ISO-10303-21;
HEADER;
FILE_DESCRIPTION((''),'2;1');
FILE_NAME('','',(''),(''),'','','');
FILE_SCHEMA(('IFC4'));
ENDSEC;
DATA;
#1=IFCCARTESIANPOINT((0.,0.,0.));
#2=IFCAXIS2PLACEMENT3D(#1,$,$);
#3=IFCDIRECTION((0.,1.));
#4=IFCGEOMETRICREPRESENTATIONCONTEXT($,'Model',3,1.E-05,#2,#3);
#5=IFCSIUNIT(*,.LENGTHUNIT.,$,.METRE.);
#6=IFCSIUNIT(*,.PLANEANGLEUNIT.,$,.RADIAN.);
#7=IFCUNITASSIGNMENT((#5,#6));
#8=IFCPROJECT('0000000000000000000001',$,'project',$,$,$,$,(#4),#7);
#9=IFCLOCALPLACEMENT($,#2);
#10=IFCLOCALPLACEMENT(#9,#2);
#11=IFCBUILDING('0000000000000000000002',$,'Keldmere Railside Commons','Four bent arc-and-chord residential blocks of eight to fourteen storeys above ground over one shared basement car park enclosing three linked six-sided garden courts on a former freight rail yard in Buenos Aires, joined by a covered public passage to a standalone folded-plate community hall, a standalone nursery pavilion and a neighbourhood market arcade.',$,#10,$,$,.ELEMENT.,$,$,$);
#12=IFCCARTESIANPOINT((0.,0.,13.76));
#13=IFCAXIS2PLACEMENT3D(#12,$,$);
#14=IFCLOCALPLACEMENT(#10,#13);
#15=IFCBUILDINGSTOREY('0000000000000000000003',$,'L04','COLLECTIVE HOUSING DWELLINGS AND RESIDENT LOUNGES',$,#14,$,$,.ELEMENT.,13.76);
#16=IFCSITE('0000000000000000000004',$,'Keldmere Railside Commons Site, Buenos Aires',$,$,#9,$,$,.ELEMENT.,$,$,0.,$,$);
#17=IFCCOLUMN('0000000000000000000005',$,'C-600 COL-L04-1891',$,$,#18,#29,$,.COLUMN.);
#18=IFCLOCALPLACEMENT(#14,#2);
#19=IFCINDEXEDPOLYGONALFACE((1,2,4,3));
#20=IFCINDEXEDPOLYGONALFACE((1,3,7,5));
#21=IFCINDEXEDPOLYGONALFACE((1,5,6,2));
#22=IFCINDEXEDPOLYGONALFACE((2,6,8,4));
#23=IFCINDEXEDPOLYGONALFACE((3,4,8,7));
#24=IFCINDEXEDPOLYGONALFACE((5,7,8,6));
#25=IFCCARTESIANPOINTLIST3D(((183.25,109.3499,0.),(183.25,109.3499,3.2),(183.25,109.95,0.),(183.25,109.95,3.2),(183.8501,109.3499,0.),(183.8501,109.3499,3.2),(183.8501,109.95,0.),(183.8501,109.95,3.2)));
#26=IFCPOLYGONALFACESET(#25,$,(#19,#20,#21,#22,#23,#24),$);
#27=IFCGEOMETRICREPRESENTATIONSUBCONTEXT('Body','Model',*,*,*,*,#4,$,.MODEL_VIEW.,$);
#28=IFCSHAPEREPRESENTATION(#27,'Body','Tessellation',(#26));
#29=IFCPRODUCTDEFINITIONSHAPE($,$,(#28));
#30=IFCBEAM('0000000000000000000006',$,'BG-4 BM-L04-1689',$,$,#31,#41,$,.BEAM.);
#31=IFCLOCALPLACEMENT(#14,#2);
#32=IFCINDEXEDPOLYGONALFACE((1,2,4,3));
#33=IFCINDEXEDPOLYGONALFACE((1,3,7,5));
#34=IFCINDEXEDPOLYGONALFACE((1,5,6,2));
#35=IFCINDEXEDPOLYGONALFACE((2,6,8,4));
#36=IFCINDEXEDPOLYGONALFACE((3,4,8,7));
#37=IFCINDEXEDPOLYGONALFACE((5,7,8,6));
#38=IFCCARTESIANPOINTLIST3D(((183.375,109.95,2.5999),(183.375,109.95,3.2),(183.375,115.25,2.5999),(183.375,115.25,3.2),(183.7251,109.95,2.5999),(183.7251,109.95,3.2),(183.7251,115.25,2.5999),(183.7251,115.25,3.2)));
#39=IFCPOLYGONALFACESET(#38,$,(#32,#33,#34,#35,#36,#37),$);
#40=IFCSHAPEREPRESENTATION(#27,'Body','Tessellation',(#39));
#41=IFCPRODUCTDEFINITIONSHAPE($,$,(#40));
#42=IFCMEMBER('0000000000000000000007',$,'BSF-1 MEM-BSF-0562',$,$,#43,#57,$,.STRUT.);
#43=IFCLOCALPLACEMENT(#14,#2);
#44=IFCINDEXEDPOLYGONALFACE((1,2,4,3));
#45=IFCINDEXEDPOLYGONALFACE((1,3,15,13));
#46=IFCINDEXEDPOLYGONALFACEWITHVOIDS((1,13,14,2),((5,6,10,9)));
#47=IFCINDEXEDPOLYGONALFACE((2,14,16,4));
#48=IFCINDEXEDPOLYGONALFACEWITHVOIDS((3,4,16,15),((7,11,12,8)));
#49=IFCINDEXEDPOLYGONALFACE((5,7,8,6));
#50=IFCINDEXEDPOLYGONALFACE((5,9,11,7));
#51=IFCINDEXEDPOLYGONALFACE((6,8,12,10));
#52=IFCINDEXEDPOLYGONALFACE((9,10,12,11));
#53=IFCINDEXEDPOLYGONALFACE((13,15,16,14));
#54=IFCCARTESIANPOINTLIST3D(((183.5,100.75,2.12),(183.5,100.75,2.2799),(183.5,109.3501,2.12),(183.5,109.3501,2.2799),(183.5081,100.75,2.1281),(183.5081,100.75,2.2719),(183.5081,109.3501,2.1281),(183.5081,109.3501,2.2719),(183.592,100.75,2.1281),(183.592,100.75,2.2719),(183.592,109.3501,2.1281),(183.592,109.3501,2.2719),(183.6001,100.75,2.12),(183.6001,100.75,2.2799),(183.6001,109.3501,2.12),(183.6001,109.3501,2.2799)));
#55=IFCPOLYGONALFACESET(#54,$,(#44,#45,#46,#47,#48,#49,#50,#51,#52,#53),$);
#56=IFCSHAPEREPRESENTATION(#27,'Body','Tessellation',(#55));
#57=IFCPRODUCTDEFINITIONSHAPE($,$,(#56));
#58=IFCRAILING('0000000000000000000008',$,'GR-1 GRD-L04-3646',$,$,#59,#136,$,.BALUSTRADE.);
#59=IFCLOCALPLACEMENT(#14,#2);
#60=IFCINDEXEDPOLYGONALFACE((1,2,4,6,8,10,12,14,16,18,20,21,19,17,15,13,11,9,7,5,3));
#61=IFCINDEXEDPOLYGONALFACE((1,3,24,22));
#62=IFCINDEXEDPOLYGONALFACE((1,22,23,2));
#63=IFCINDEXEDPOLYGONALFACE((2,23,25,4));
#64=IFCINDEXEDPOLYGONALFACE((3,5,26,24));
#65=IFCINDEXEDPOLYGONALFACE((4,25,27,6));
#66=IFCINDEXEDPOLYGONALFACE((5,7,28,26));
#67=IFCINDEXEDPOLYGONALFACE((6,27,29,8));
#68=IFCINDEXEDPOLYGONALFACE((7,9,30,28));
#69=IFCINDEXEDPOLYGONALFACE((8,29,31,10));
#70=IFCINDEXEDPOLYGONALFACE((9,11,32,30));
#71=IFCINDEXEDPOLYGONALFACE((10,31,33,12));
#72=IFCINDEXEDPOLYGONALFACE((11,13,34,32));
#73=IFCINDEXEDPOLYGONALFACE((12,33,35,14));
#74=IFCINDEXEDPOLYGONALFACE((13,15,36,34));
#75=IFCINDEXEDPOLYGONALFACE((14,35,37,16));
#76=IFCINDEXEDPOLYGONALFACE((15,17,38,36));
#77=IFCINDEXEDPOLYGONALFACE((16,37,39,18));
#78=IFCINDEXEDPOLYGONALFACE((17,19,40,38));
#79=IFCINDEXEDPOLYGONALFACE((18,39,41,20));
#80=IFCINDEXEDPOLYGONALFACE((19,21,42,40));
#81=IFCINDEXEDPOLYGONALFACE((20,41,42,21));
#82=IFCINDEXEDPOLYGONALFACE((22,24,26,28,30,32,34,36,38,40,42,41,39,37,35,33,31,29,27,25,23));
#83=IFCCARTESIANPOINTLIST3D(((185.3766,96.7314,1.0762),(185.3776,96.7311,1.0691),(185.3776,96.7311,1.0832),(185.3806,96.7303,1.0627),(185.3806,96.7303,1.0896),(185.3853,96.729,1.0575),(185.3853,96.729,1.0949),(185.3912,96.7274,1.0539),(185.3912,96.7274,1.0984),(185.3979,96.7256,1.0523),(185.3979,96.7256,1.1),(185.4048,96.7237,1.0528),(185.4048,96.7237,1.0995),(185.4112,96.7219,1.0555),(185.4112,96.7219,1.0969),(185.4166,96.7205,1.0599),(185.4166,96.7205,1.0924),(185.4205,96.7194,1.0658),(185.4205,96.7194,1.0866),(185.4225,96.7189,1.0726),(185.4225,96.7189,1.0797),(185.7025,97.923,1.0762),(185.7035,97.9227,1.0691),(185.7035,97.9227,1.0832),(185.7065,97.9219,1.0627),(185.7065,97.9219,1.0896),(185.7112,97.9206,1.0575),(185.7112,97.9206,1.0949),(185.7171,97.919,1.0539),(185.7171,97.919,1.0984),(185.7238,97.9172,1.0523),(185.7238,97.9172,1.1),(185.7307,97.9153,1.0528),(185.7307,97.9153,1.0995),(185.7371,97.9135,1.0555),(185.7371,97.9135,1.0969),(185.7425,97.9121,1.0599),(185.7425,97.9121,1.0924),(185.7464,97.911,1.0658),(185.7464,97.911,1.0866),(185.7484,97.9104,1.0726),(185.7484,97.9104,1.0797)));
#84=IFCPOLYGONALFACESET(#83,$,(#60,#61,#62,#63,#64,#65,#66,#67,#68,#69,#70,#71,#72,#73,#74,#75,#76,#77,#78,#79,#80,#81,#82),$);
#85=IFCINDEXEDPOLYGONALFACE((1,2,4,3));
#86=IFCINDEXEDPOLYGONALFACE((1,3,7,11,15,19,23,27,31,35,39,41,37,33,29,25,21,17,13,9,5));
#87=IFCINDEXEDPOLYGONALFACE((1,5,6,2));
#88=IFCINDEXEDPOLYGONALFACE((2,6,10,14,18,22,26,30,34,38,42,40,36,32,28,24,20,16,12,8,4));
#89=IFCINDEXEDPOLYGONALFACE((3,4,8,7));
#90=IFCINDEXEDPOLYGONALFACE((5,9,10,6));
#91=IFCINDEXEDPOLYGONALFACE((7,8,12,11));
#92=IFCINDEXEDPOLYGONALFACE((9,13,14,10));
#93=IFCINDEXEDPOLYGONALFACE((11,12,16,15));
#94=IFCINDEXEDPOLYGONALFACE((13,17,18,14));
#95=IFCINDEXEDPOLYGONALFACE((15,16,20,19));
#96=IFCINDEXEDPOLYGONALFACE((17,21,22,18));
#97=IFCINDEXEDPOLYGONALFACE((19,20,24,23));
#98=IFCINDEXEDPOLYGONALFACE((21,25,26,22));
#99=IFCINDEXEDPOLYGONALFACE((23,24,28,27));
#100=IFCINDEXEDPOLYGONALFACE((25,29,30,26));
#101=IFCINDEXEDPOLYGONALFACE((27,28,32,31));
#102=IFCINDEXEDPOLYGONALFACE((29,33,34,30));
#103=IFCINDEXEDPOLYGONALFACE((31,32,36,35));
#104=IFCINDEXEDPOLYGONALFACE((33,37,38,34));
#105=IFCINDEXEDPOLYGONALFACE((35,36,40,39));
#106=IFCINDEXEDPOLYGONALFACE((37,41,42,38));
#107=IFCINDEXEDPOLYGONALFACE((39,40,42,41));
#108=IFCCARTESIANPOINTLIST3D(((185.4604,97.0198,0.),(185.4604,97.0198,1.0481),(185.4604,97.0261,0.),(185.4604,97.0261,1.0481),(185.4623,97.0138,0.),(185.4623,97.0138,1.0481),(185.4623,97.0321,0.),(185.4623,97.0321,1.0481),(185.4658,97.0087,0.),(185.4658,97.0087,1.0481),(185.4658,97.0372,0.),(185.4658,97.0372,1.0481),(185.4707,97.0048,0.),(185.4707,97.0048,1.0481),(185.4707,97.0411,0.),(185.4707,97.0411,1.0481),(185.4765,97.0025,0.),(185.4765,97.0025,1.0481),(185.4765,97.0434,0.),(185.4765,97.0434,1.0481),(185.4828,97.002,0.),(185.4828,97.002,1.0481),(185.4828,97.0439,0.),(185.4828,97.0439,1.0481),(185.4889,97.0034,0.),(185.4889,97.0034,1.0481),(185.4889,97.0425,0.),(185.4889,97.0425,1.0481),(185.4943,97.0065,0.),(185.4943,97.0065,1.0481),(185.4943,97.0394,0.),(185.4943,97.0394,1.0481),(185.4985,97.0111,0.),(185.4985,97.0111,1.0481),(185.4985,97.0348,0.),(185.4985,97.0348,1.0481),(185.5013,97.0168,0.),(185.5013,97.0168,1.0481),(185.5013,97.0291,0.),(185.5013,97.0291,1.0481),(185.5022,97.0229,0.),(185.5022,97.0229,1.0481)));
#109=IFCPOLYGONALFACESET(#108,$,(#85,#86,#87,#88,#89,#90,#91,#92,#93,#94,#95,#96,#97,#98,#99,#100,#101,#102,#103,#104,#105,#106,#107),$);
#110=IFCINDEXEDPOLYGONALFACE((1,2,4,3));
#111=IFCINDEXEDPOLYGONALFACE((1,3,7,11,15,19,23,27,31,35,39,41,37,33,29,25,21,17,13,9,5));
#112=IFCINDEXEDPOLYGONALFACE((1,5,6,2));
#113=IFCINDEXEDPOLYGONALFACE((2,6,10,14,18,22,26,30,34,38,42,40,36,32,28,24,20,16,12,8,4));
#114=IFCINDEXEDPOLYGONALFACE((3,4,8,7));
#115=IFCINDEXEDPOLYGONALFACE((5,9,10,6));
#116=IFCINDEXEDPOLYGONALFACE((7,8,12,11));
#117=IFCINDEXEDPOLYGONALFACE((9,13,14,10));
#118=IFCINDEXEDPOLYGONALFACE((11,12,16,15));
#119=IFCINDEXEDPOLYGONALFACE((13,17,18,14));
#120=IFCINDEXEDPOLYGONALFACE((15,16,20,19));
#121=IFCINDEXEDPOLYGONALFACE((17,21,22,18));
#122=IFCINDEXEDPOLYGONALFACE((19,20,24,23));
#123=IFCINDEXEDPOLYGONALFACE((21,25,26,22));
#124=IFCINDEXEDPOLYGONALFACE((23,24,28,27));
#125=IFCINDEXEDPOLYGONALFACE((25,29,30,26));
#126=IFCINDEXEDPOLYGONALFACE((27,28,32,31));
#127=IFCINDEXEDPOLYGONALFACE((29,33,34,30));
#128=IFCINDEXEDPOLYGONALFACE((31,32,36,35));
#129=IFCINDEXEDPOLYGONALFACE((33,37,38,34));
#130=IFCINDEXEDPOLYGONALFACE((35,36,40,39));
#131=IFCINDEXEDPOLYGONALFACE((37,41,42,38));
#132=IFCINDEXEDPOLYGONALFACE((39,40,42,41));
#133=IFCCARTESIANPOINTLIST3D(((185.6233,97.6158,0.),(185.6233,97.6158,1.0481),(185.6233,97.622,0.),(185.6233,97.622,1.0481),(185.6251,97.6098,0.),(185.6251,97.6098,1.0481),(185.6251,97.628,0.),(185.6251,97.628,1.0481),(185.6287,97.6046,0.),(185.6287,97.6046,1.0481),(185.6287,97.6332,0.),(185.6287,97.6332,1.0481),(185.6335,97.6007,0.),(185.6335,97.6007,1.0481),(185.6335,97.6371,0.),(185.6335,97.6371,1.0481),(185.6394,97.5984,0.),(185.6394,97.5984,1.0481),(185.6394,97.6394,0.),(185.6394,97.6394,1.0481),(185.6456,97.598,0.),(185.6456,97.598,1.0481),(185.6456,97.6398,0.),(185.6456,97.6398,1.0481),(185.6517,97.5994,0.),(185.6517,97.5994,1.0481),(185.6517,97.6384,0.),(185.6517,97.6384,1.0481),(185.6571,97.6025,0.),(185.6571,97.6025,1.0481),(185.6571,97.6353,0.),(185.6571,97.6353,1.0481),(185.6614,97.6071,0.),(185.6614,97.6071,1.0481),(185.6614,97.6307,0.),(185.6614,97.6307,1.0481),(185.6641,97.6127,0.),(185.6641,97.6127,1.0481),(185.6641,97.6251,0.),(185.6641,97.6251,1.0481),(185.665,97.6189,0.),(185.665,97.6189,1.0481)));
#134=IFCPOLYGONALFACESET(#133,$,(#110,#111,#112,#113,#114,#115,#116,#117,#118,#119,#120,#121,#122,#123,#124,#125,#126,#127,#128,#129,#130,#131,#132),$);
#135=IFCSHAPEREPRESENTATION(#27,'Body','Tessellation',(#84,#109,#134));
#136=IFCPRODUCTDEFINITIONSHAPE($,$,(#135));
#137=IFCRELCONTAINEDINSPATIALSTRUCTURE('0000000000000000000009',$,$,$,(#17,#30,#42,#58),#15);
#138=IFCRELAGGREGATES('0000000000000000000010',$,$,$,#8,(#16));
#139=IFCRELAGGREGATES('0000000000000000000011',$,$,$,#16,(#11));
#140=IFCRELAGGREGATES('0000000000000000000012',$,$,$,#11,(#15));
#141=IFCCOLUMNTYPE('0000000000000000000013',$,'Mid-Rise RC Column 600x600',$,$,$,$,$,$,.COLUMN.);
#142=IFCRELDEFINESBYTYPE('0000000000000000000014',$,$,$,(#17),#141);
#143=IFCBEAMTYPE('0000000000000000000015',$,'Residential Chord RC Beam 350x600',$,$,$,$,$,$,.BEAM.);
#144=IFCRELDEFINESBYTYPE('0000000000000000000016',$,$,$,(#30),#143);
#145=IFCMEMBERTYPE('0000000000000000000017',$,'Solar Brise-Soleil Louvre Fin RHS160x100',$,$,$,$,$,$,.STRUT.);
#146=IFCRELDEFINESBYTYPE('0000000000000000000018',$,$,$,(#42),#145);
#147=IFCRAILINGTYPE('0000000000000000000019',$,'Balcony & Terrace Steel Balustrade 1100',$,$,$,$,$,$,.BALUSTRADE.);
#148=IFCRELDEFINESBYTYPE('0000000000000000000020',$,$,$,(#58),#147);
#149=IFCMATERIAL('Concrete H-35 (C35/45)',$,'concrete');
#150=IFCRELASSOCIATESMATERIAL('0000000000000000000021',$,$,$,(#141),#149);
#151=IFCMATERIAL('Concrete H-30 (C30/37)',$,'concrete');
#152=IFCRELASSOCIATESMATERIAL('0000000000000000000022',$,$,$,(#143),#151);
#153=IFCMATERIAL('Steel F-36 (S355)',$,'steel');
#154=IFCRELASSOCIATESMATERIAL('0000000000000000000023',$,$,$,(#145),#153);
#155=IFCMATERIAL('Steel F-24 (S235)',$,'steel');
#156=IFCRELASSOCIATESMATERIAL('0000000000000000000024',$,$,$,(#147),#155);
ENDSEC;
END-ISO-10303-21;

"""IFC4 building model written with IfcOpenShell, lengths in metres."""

from ifc_helpers import new_model, si_unit, direction, frame, origin, origin_2d, place, context, subcontext, project, spatial, rectangle, hollow_rectangle, circle, extrude, material, material_profile, profile_set, type_object, element, save


model = new_model("IFC4")

# Units and contexts
model_context = context("Model", 3, precision=1e-05, world=origin(), true_north=direction((0.0, 1.0)))
body_context = subcontext(model_context, "Body", "Model", "MODEL_VIEW")
ifc_project = project(units=[si_unit("LENGTHUNIT", "METRE"), si_unit("PLANEANGLEUNIT", "RADIAN")], contexts=[model_context])

# Site, building, storey
site_placement = place(None, origin())
site = spatial("IfcSite", under=ifc_project, at=site_placement, Name="Keldmere Railside Commons Site, Buenos Aires", CompositionType="ELEMENT", RefElevation=0.0)
building_placement = place(site_placement, origin())
building = spatial("IfcBuilding", under=site, at=building_placement, Name="Keldmere Railside Commons", Description="Four bent arc-and-chord residential blocks of eight to fourteen storeys above ground over one shared basement car park enclosing three linked six-sided garden courts on a former freight rail yard in Buenos Aires, joined by a covered public passage to a standalone folded-plate community hall, a standalone nursery pavilion and a neighbourhood market arcade.", CompositionType="ELEMENT")
storey_placement = place(building_placement, frame((0.0, 0.0, 13.76)))
storey = spatial("IfcBuildingStorey", under=building, at=storey_placement, Name="L04", Description="COLLECTIVE HOUSING DWELLINGS AND RESIDENT LOUNGES", CompositionType="ELEMENT", Elevation=13.76)

# Column
ifc_material_1 = material(Name="Concrete H-35 (C35/45)", Category="concrete")
ifc_material_profile_1 = material_profile(ifc_material_1, rectangle(XDim=0.6001, YDim=0.6001, at=origin_2d()), Name="RC-600x600")
ifc_profile_set_1 = profile_set([ifc_material_profile_1], Name="Concrete H-35 (C35/45)")
column_type = type_object("IfcColumnType", Name="Mid-Rise RC Column 600x600", PredefinedType="COLUMN", material=ifc_profile_set_1)
column_placement = place(storey_placement, frame((183.55, 109.6499, 0.0), z_axis=(0.0, 0.0, 1.0), x_axis=(1.0, 0.0, 0.0)))
element("IfcColumn", 1, at=column_placement, inside=storey, type_object=column_type, Name="C-600 COL-L04-1891", PredefinedType="COLUMN", context=body_context, shape_type="SweptSolid", body=[
    extrude(rectangle(XDim=0.6001, YDim=0.6001, at=origin_2d()), origin(), (0.0, 0.0, 1.0), 3.2),
])

# Beam
ifc_material_2 = material(Name="Concrete H-30 (C30/37)", Category="concrete")
ifc_material_profile_2 = material_profile(ifc_material_2, rectangle(XDim=0.3501, YDim=0.6001, at=origin_2d()), Name="RC-350x600")
ifc_profile_set_2 = profile_set([ifc_material_profile_2], Name="Concrete H-30 (C30/37)")
beam_type = type_object("IfcBeamType", Name="Residential Chord RC Beam 350x600", PredefinedType="BEAM", material=ifc_profile_set_2)
beam_placement = place(storey_placement, frame((183.55, 109.95, 2.8999), z_axis=(0.0, 1.0, 0.0), x_axis=(-1.0, 0.0, 0.0)))
element("IfcBeam", 2, at=beam_placement, inside=storey, type_object=beam_type, Name="BG-4 BM-L04-1689", PredefinedType="BEAM", context=body_context, shape_type="SweptSolid", body=[
    extrude(rectangle(XDim=0.3501, YDim=0.6001, at=origin_2d()), origin(), (0.0, 0.0, 1.0), 5.3),
])

# Member
ifc_material_3 = material(Name="Steel F-36 (S355)", Category="steel")
ifc_material_profile_3 = material_profile(ifc_material_3, hollow_rectangle(XDim=0.1001, YDim=0.1599, WallThickness=0.0081, at=origin_2d()), Name="RHS-160x100x8")
ifc_profile_set_3 = profile_set([ifc_material_profile_3], Name="Steel F-36 (S355)")
member_type = type_object("IfcMemberType", Name="Solar Brise-Soleil Louvre Fin RHS160x100", PredefinedType="STRUT", material=ifc_profile_set_3)
member_placement = place(storey_placement, frame((183.55, 100.75, 2.2), z_axis=(0.0, 1.0, 0.0), x_axis=(-1.0, 0.0, 0.0)))
element("IfcMember", 3, at=member_placement, inside=storey, type_object=member_type, Name="BSF-1 MEM-BSF-0562", PredefinedType="STRUT", context=body_context, shape_type="SweptSolid", body=[
    extrude(hollow_rectangle(XDim=0.1001, YDim=0.1599, WallThickness=0.0081, at=origin_2d()), origin(), (0.0, 0.0, 1.0), 8.6001),
])

# Railing
ifc_material_4 = material(Name="Steel F-24 (S235)", Category="steel")
railing_type = type_object("IfcRailingType", Name="Balcony & Terrace Steel Balustrade 1100", PredefinedType="BALUSTRADE", material=ifc_material_4)
railing_1_placement = place(storey_placement, frame((185.3997, 96.7251, 0.0)))
element("IfcRailing", 4, at=railing_1_placement, inside=storey, type_object=railing_type, Name="GR-1 GRD-L04-3646", PredefinedType="BALUSTRADE", context=body_context, shape_type="SweptSolid", body=[
    extrude(circle(Radius=0.0239, at=origin_2d()), frame((0.0, 0.0, 1.0762), z_axis=(0.26382, 0.964572, 0.0), x_axis=(-0.964572, 0.26382, 0.0)), (0.0, 0.0, 1.0), 1.2354),
    extrude(circle(Radius=0.021, at=origin_2d()), frame((0.0815, 0.2979, 0.0)), (0.0, 0.0, 1.0), 1.0481),
    extrude(circle(Radius=0.021, at=origin_2d()), frame((0.2444, 0.8938, 0.0)), (0.0, 0.0, 1.0), 1.0481),
])

save(model, "model.ifc")
